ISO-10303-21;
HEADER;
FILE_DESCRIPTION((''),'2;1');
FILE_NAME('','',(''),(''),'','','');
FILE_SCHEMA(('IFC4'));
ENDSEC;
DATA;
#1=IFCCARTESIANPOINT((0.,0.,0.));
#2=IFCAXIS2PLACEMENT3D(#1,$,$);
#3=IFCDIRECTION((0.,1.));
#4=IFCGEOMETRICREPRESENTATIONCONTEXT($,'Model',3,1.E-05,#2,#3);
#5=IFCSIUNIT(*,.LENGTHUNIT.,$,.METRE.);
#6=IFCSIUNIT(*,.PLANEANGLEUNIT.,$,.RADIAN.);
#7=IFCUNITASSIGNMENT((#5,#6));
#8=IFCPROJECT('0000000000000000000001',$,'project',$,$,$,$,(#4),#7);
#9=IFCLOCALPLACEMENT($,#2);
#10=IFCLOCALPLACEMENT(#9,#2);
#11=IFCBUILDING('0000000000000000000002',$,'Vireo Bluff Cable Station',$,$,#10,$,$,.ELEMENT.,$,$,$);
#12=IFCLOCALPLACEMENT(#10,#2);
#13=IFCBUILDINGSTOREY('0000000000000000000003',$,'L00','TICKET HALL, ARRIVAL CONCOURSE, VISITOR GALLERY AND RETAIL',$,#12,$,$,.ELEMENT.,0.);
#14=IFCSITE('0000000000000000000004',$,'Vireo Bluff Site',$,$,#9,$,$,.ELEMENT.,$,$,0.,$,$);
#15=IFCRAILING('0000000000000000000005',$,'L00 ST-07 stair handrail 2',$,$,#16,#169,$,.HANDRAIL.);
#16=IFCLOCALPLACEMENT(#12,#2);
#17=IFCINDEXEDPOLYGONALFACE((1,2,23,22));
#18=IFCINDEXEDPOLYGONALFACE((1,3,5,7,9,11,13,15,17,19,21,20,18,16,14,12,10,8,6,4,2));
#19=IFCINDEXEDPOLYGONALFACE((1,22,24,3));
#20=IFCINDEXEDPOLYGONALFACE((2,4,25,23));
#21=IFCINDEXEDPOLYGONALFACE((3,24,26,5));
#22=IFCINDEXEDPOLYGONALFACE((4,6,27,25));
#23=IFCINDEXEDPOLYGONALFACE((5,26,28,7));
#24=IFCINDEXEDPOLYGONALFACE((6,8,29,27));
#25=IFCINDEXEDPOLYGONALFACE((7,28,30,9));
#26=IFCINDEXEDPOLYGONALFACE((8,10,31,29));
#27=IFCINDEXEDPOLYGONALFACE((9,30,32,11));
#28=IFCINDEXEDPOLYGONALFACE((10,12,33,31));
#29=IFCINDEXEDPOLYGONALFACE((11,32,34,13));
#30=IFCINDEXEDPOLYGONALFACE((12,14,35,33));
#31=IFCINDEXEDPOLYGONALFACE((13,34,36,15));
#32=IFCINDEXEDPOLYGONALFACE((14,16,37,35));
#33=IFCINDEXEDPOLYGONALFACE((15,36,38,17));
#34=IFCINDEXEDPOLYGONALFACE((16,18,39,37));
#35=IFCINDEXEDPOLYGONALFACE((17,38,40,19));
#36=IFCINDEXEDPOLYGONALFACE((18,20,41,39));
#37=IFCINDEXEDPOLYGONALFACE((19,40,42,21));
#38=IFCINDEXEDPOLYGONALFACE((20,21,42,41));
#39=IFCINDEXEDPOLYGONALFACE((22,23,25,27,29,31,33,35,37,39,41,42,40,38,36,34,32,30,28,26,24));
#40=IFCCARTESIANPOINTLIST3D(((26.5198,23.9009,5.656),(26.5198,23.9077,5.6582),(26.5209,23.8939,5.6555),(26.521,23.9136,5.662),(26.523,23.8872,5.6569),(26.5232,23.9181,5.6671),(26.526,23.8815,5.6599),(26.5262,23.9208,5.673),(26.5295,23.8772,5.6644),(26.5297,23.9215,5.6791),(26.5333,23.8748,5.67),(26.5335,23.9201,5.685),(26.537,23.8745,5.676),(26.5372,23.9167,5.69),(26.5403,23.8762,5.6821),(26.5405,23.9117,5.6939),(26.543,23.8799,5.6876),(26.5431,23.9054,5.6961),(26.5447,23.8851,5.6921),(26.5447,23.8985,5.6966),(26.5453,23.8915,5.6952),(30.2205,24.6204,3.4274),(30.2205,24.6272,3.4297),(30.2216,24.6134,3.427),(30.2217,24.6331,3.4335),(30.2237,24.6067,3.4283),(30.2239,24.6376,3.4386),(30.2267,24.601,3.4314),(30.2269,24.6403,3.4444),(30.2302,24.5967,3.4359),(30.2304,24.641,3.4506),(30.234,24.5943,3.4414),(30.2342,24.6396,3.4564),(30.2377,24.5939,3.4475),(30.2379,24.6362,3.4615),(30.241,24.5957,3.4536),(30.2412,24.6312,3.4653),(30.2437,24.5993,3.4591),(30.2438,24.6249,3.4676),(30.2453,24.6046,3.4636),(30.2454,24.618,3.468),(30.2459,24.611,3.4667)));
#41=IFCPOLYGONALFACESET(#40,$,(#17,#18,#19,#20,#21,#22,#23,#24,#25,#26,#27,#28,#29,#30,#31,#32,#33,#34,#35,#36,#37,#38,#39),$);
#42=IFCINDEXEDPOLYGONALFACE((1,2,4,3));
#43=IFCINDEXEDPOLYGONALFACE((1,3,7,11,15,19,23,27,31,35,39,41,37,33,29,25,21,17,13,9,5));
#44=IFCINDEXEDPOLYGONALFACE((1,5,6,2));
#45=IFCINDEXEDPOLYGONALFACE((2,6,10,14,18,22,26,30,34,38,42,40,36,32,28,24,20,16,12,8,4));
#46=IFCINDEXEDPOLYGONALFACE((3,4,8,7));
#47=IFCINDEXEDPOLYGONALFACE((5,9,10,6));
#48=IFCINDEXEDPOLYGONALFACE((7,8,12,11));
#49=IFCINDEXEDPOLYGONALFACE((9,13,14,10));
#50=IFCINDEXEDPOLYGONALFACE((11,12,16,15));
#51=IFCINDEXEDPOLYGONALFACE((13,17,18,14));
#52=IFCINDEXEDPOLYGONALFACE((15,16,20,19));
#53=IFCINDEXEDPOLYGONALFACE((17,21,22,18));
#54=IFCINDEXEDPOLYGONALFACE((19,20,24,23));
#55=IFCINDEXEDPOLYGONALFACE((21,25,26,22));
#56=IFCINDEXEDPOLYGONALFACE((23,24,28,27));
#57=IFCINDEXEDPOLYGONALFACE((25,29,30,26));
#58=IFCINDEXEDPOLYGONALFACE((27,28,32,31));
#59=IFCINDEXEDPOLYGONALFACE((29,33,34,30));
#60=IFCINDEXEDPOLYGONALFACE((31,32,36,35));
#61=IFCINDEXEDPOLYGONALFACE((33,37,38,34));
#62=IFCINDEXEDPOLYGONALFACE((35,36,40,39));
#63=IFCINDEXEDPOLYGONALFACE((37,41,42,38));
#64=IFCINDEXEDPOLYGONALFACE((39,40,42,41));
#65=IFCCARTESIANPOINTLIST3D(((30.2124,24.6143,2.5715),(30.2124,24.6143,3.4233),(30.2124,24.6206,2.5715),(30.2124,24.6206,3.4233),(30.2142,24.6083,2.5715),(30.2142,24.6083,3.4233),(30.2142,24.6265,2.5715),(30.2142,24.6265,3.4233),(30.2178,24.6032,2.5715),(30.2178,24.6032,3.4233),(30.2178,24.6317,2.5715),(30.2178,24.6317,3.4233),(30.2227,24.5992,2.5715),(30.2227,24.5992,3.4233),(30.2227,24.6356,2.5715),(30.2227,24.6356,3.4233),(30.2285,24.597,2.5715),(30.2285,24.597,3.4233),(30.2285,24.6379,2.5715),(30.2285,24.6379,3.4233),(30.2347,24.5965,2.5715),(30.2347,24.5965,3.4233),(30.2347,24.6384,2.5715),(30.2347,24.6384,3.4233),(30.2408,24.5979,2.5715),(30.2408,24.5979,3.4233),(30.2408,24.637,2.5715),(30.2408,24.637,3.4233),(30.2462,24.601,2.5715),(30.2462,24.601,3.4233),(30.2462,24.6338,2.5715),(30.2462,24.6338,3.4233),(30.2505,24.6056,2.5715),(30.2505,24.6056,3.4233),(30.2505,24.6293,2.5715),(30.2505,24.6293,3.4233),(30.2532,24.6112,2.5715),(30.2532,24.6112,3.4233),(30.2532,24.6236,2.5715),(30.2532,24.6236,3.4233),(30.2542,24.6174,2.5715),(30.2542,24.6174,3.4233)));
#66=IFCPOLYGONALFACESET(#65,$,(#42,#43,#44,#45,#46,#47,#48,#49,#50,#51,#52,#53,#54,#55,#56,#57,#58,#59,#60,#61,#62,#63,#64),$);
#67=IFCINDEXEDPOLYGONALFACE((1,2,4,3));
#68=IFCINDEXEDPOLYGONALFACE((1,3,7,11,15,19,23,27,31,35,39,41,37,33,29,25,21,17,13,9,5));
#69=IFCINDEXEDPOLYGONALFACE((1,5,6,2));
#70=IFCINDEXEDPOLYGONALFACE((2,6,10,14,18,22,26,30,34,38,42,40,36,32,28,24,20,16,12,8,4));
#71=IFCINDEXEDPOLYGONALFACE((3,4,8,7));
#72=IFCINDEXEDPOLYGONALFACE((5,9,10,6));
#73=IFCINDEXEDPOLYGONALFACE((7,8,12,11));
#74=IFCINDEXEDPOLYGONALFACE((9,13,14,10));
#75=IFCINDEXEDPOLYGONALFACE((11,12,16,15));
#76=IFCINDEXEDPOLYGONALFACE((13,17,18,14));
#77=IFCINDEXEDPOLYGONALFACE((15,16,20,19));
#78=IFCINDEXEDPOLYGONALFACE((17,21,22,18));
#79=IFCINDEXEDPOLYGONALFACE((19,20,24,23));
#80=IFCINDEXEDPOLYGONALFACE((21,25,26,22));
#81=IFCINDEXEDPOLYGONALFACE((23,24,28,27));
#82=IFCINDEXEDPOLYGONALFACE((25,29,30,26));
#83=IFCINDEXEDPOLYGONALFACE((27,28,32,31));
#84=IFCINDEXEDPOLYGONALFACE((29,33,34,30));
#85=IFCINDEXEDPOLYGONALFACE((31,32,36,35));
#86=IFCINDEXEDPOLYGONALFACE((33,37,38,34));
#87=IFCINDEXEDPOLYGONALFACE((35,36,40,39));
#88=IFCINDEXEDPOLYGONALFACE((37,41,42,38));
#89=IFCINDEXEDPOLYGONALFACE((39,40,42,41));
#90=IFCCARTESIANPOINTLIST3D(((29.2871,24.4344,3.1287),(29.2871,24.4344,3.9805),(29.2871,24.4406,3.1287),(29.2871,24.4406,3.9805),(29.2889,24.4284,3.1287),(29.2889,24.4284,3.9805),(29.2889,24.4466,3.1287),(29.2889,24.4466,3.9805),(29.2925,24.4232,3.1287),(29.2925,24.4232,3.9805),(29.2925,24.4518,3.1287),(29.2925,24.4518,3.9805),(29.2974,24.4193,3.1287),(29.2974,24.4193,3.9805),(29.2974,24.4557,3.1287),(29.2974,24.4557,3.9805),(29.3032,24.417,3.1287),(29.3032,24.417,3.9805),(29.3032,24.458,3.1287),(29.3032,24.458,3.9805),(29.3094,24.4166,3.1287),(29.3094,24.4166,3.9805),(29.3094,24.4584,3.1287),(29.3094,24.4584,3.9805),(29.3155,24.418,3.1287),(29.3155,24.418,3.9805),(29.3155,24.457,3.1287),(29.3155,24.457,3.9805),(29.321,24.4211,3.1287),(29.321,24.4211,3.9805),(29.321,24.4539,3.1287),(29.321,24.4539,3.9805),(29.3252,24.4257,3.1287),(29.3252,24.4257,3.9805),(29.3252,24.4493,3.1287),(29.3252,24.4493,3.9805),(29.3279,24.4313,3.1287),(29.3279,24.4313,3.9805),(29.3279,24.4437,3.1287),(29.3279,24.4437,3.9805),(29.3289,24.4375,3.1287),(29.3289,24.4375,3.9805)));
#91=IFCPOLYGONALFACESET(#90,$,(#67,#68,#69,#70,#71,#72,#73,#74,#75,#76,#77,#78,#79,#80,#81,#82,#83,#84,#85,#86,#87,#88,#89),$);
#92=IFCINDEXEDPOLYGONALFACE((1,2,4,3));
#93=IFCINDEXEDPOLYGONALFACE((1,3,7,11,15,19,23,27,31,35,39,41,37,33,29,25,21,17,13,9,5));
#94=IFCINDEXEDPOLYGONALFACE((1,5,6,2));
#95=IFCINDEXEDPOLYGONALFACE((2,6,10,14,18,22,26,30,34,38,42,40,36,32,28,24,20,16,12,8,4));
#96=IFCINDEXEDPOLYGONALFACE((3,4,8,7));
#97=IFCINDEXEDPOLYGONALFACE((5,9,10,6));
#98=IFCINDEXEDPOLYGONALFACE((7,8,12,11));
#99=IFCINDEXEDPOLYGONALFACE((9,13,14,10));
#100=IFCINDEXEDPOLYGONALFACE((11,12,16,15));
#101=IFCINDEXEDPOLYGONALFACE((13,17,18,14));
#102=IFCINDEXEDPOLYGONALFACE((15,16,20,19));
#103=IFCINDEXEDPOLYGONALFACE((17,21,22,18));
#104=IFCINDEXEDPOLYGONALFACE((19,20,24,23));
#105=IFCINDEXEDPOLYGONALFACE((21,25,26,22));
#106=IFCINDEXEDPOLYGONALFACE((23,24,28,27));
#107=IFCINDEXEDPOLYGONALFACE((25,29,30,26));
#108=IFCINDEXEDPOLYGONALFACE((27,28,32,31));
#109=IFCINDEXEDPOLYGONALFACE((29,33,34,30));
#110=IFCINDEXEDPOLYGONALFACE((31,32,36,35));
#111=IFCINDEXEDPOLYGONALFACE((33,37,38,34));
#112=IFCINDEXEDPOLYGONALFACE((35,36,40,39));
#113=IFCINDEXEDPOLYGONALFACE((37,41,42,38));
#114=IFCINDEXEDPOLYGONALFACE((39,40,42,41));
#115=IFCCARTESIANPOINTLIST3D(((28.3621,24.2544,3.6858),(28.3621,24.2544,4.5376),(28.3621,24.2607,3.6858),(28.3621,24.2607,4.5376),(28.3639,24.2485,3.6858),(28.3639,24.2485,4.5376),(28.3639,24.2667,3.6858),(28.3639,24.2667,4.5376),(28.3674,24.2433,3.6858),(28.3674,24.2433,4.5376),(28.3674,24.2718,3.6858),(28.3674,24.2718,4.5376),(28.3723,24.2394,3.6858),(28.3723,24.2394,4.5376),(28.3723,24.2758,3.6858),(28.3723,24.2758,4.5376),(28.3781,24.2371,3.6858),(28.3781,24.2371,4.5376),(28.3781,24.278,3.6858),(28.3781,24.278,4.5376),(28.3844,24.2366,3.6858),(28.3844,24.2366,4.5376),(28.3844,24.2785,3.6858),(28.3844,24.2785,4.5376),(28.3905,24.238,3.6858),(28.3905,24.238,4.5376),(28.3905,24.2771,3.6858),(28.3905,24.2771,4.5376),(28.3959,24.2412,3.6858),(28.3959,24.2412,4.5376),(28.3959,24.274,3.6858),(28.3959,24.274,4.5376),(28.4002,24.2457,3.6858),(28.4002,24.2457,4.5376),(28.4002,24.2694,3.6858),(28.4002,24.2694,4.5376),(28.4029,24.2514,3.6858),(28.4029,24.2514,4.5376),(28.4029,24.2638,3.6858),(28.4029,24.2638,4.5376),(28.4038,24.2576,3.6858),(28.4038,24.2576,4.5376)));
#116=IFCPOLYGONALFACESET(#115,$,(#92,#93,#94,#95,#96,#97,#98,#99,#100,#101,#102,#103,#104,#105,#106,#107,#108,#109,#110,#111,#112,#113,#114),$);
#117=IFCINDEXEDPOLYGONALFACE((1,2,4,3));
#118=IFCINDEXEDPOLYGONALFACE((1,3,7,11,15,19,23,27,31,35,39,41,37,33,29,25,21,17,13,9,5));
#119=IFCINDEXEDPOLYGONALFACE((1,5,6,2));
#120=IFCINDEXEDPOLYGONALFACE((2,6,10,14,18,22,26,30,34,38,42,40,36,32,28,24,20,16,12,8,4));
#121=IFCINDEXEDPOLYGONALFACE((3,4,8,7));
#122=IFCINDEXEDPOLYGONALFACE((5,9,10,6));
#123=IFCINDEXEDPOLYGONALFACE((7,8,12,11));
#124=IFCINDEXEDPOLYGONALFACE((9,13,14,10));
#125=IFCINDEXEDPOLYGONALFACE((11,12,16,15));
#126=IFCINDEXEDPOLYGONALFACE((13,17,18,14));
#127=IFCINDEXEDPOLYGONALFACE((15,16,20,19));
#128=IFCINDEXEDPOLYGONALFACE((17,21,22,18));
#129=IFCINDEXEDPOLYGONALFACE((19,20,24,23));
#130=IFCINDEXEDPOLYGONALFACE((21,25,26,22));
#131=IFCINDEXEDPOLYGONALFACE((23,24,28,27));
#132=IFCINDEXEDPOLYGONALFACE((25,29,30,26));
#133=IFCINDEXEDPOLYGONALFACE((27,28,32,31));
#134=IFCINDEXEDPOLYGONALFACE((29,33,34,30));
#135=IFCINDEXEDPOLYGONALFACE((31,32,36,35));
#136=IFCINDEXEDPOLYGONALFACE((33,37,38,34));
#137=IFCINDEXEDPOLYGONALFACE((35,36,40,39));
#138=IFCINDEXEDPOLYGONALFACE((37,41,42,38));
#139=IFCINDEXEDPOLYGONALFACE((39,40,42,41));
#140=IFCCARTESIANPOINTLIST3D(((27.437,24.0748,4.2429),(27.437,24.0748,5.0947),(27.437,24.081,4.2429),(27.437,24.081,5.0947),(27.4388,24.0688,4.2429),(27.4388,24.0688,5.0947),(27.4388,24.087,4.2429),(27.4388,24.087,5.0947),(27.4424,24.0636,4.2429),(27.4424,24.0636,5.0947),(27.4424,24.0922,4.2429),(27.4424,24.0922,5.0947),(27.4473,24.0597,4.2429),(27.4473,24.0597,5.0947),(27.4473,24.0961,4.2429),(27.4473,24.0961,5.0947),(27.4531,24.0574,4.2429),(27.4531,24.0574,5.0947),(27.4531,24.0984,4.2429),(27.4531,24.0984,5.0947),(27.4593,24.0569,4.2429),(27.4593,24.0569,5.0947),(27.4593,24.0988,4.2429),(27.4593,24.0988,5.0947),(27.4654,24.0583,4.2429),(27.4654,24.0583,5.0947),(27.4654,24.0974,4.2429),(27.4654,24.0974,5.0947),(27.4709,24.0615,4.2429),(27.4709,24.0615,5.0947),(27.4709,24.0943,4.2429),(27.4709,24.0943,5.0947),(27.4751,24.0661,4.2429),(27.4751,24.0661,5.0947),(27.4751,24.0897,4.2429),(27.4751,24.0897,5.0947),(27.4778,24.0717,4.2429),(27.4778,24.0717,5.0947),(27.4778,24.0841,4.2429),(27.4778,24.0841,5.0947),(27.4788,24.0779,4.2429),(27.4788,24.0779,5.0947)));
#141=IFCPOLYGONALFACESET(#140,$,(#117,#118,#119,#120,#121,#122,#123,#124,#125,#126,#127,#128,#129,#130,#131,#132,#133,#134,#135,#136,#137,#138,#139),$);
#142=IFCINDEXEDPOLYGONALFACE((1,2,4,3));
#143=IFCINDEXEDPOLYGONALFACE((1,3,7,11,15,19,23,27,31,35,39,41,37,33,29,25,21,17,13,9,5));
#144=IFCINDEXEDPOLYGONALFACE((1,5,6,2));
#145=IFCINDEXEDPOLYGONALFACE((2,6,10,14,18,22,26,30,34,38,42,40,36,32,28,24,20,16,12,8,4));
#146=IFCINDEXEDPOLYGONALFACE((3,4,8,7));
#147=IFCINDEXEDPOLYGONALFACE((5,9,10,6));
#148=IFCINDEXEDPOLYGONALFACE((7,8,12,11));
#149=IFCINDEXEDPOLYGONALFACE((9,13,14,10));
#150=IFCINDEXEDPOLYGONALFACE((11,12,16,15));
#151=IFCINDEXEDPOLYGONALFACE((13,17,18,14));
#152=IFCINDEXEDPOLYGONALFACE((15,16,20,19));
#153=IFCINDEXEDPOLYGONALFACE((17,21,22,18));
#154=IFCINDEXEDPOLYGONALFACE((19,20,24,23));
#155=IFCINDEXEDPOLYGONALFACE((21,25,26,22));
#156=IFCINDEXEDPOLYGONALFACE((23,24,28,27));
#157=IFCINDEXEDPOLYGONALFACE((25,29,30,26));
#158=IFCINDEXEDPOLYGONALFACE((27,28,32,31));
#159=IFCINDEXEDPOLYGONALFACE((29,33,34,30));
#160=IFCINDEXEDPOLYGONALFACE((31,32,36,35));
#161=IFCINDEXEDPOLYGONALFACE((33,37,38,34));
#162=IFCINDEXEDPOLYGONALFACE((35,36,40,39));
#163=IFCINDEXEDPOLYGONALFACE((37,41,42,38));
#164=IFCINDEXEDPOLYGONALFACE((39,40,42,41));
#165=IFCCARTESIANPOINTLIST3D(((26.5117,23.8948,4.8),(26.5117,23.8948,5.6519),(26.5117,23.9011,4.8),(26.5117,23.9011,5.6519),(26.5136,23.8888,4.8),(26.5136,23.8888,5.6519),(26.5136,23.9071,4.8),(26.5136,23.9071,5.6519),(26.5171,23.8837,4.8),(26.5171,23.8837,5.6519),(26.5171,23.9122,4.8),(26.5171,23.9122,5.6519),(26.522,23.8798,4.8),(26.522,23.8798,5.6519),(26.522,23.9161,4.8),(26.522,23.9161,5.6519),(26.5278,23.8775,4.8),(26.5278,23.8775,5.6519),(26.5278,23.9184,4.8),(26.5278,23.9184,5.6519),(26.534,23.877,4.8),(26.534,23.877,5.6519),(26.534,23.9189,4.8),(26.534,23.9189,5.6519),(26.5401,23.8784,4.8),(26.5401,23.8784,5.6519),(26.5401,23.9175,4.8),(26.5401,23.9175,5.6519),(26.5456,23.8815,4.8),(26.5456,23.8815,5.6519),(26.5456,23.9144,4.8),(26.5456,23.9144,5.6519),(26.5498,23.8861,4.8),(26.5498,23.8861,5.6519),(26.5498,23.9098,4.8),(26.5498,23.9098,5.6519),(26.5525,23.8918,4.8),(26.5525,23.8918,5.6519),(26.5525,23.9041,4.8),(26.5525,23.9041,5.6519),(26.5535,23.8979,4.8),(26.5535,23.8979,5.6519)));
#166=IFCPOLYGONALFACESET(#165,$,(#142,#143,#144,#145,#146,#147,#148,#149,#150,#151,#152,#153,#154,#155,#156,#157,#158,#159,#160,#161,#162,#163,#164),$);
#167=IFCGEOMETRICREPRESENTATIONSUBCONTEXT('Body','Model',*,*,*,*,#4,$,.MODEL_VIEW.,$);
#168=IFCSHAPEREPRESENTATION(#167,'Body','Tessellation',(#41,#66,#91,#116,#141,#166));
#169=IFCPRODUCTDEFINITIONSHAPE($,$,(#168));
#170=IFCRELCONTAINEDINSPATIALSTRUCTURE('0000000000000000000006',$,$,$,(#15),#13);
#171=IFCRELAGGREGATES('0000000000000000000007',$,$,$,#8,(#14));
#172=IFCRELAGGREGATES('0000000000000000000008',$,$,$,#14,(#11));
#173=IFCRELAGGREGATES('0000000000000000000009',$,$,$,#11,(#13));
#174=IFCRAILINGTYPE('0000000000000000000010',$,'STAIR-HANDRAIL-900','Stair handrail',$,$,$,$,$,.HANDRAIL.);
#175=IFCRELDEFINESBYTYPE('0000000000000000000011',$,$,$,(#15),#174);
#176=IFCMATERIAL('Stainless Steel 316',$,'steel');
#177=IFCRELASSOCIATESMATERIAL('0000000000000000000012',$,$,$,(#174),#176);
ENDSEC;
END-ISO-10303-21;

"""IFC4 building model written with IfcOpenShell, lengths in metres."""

from ifc_helpers import new_model, si_unit, direction, frame, origin, origin_2d, place, context, subcontext, project, spatial, circle, extrude, material, type_object, element, save


model = new_model("IFC4")

# Units and contexts
model_context = context("Model", 3, precision=1e-05, world=origin(), true_north=direction((0.0, 1.0)))
body_context = subcontext(model_context, "Body", "Model", "MODEL_VIEW")
ifc_project = project(units=[si_unit("LENGTHUNIT", "METRE"), si_unit("PLANEANGLEUNIT", "RADIAN")], contexts=[model_context])

# Site, building, storey
site_placement = place(None, origin())
site = spatial("IfcSite", under=ifc_project, at=site_placement, Name="Vireo Bluff Site", CompositionType="ELEMENT", RefElevation=0.0)
building_placement = place(site_placement, origin())
building = spatial("IfcBuilding", under=site, at=building_placement, Name="Vireo Bluff Cable Station", CompositionType="ELEMENT")
storey_placement = place(building_placement, origin())
storey = spatial("IfcBuildingStorey", under=building, at=storey_placement, Name="L00", Description="TICKET HALL, ARRIVAL CONCOURSE, VISITOR GALLERY AND RETAIL", CompositionType="ELEMENT", Elevation=0.0)

# Railing
ifc_material_1 = material(Name="Stainless Steel 316", Category="steel")
railing_type_1 = type_object("IfcRailingType", Name="STAIR-HANDRAIL-900", Description="Stair handrail", PredefinedType="HANDRAIL", material=ifc_material_1)
railing_1_placement = place(storey_placement, frame((30.2332, 24.6174, 2.5715)))
element("IfcRailing", 1, at=railing_1_placement, inside=storey, type_object=railing_type_1, Name="L00 ST-07 stair handrail 2", PredefinedType="HANDRAIL", context=body_context, shape_type="SweptSolid", body=[
    extrude(circle(Radius=0.0239, at=origin_2d()), frame((0.0, 0.0, 0.876), z_axis=(-0.845024, -0.164289, 0.508865), x_axis=(0.190845, -0.98162, 0.0)), (0.0, 0.0, 1.0), 4.3794),
    extrude(circle(Radius=0.021, at=origin_2d()), origin(), (0.0, 0.0, 1.0), 0.8518),
    extrude(circle(Radius=0.021, at=origin_2d()), frame((-0.9253, -0.1799, 0.5571)), (0.0, 0.0, 1.0), 0.8518),
    extrude(circle(Radius=0.021, at=origin_2d()), frame((-1.8503, -0.3599, 1.1143)), (0.0, 0.0, 1.0), 0.8518),
    extrude(circle(Radius=0.021, at=origin_2d()), frame((-2.7754, -0.5396, 1.6714)), (0.0, 0.0, 1.0), 0.8518),
    extrude(circle(Radius=0.021, at=origin_2d()), frame((-3.7007, -0.7195, 2.2285)), (0.0, 0.0, 1.0), 0.8518),
])

save(model, "model.ifc")
